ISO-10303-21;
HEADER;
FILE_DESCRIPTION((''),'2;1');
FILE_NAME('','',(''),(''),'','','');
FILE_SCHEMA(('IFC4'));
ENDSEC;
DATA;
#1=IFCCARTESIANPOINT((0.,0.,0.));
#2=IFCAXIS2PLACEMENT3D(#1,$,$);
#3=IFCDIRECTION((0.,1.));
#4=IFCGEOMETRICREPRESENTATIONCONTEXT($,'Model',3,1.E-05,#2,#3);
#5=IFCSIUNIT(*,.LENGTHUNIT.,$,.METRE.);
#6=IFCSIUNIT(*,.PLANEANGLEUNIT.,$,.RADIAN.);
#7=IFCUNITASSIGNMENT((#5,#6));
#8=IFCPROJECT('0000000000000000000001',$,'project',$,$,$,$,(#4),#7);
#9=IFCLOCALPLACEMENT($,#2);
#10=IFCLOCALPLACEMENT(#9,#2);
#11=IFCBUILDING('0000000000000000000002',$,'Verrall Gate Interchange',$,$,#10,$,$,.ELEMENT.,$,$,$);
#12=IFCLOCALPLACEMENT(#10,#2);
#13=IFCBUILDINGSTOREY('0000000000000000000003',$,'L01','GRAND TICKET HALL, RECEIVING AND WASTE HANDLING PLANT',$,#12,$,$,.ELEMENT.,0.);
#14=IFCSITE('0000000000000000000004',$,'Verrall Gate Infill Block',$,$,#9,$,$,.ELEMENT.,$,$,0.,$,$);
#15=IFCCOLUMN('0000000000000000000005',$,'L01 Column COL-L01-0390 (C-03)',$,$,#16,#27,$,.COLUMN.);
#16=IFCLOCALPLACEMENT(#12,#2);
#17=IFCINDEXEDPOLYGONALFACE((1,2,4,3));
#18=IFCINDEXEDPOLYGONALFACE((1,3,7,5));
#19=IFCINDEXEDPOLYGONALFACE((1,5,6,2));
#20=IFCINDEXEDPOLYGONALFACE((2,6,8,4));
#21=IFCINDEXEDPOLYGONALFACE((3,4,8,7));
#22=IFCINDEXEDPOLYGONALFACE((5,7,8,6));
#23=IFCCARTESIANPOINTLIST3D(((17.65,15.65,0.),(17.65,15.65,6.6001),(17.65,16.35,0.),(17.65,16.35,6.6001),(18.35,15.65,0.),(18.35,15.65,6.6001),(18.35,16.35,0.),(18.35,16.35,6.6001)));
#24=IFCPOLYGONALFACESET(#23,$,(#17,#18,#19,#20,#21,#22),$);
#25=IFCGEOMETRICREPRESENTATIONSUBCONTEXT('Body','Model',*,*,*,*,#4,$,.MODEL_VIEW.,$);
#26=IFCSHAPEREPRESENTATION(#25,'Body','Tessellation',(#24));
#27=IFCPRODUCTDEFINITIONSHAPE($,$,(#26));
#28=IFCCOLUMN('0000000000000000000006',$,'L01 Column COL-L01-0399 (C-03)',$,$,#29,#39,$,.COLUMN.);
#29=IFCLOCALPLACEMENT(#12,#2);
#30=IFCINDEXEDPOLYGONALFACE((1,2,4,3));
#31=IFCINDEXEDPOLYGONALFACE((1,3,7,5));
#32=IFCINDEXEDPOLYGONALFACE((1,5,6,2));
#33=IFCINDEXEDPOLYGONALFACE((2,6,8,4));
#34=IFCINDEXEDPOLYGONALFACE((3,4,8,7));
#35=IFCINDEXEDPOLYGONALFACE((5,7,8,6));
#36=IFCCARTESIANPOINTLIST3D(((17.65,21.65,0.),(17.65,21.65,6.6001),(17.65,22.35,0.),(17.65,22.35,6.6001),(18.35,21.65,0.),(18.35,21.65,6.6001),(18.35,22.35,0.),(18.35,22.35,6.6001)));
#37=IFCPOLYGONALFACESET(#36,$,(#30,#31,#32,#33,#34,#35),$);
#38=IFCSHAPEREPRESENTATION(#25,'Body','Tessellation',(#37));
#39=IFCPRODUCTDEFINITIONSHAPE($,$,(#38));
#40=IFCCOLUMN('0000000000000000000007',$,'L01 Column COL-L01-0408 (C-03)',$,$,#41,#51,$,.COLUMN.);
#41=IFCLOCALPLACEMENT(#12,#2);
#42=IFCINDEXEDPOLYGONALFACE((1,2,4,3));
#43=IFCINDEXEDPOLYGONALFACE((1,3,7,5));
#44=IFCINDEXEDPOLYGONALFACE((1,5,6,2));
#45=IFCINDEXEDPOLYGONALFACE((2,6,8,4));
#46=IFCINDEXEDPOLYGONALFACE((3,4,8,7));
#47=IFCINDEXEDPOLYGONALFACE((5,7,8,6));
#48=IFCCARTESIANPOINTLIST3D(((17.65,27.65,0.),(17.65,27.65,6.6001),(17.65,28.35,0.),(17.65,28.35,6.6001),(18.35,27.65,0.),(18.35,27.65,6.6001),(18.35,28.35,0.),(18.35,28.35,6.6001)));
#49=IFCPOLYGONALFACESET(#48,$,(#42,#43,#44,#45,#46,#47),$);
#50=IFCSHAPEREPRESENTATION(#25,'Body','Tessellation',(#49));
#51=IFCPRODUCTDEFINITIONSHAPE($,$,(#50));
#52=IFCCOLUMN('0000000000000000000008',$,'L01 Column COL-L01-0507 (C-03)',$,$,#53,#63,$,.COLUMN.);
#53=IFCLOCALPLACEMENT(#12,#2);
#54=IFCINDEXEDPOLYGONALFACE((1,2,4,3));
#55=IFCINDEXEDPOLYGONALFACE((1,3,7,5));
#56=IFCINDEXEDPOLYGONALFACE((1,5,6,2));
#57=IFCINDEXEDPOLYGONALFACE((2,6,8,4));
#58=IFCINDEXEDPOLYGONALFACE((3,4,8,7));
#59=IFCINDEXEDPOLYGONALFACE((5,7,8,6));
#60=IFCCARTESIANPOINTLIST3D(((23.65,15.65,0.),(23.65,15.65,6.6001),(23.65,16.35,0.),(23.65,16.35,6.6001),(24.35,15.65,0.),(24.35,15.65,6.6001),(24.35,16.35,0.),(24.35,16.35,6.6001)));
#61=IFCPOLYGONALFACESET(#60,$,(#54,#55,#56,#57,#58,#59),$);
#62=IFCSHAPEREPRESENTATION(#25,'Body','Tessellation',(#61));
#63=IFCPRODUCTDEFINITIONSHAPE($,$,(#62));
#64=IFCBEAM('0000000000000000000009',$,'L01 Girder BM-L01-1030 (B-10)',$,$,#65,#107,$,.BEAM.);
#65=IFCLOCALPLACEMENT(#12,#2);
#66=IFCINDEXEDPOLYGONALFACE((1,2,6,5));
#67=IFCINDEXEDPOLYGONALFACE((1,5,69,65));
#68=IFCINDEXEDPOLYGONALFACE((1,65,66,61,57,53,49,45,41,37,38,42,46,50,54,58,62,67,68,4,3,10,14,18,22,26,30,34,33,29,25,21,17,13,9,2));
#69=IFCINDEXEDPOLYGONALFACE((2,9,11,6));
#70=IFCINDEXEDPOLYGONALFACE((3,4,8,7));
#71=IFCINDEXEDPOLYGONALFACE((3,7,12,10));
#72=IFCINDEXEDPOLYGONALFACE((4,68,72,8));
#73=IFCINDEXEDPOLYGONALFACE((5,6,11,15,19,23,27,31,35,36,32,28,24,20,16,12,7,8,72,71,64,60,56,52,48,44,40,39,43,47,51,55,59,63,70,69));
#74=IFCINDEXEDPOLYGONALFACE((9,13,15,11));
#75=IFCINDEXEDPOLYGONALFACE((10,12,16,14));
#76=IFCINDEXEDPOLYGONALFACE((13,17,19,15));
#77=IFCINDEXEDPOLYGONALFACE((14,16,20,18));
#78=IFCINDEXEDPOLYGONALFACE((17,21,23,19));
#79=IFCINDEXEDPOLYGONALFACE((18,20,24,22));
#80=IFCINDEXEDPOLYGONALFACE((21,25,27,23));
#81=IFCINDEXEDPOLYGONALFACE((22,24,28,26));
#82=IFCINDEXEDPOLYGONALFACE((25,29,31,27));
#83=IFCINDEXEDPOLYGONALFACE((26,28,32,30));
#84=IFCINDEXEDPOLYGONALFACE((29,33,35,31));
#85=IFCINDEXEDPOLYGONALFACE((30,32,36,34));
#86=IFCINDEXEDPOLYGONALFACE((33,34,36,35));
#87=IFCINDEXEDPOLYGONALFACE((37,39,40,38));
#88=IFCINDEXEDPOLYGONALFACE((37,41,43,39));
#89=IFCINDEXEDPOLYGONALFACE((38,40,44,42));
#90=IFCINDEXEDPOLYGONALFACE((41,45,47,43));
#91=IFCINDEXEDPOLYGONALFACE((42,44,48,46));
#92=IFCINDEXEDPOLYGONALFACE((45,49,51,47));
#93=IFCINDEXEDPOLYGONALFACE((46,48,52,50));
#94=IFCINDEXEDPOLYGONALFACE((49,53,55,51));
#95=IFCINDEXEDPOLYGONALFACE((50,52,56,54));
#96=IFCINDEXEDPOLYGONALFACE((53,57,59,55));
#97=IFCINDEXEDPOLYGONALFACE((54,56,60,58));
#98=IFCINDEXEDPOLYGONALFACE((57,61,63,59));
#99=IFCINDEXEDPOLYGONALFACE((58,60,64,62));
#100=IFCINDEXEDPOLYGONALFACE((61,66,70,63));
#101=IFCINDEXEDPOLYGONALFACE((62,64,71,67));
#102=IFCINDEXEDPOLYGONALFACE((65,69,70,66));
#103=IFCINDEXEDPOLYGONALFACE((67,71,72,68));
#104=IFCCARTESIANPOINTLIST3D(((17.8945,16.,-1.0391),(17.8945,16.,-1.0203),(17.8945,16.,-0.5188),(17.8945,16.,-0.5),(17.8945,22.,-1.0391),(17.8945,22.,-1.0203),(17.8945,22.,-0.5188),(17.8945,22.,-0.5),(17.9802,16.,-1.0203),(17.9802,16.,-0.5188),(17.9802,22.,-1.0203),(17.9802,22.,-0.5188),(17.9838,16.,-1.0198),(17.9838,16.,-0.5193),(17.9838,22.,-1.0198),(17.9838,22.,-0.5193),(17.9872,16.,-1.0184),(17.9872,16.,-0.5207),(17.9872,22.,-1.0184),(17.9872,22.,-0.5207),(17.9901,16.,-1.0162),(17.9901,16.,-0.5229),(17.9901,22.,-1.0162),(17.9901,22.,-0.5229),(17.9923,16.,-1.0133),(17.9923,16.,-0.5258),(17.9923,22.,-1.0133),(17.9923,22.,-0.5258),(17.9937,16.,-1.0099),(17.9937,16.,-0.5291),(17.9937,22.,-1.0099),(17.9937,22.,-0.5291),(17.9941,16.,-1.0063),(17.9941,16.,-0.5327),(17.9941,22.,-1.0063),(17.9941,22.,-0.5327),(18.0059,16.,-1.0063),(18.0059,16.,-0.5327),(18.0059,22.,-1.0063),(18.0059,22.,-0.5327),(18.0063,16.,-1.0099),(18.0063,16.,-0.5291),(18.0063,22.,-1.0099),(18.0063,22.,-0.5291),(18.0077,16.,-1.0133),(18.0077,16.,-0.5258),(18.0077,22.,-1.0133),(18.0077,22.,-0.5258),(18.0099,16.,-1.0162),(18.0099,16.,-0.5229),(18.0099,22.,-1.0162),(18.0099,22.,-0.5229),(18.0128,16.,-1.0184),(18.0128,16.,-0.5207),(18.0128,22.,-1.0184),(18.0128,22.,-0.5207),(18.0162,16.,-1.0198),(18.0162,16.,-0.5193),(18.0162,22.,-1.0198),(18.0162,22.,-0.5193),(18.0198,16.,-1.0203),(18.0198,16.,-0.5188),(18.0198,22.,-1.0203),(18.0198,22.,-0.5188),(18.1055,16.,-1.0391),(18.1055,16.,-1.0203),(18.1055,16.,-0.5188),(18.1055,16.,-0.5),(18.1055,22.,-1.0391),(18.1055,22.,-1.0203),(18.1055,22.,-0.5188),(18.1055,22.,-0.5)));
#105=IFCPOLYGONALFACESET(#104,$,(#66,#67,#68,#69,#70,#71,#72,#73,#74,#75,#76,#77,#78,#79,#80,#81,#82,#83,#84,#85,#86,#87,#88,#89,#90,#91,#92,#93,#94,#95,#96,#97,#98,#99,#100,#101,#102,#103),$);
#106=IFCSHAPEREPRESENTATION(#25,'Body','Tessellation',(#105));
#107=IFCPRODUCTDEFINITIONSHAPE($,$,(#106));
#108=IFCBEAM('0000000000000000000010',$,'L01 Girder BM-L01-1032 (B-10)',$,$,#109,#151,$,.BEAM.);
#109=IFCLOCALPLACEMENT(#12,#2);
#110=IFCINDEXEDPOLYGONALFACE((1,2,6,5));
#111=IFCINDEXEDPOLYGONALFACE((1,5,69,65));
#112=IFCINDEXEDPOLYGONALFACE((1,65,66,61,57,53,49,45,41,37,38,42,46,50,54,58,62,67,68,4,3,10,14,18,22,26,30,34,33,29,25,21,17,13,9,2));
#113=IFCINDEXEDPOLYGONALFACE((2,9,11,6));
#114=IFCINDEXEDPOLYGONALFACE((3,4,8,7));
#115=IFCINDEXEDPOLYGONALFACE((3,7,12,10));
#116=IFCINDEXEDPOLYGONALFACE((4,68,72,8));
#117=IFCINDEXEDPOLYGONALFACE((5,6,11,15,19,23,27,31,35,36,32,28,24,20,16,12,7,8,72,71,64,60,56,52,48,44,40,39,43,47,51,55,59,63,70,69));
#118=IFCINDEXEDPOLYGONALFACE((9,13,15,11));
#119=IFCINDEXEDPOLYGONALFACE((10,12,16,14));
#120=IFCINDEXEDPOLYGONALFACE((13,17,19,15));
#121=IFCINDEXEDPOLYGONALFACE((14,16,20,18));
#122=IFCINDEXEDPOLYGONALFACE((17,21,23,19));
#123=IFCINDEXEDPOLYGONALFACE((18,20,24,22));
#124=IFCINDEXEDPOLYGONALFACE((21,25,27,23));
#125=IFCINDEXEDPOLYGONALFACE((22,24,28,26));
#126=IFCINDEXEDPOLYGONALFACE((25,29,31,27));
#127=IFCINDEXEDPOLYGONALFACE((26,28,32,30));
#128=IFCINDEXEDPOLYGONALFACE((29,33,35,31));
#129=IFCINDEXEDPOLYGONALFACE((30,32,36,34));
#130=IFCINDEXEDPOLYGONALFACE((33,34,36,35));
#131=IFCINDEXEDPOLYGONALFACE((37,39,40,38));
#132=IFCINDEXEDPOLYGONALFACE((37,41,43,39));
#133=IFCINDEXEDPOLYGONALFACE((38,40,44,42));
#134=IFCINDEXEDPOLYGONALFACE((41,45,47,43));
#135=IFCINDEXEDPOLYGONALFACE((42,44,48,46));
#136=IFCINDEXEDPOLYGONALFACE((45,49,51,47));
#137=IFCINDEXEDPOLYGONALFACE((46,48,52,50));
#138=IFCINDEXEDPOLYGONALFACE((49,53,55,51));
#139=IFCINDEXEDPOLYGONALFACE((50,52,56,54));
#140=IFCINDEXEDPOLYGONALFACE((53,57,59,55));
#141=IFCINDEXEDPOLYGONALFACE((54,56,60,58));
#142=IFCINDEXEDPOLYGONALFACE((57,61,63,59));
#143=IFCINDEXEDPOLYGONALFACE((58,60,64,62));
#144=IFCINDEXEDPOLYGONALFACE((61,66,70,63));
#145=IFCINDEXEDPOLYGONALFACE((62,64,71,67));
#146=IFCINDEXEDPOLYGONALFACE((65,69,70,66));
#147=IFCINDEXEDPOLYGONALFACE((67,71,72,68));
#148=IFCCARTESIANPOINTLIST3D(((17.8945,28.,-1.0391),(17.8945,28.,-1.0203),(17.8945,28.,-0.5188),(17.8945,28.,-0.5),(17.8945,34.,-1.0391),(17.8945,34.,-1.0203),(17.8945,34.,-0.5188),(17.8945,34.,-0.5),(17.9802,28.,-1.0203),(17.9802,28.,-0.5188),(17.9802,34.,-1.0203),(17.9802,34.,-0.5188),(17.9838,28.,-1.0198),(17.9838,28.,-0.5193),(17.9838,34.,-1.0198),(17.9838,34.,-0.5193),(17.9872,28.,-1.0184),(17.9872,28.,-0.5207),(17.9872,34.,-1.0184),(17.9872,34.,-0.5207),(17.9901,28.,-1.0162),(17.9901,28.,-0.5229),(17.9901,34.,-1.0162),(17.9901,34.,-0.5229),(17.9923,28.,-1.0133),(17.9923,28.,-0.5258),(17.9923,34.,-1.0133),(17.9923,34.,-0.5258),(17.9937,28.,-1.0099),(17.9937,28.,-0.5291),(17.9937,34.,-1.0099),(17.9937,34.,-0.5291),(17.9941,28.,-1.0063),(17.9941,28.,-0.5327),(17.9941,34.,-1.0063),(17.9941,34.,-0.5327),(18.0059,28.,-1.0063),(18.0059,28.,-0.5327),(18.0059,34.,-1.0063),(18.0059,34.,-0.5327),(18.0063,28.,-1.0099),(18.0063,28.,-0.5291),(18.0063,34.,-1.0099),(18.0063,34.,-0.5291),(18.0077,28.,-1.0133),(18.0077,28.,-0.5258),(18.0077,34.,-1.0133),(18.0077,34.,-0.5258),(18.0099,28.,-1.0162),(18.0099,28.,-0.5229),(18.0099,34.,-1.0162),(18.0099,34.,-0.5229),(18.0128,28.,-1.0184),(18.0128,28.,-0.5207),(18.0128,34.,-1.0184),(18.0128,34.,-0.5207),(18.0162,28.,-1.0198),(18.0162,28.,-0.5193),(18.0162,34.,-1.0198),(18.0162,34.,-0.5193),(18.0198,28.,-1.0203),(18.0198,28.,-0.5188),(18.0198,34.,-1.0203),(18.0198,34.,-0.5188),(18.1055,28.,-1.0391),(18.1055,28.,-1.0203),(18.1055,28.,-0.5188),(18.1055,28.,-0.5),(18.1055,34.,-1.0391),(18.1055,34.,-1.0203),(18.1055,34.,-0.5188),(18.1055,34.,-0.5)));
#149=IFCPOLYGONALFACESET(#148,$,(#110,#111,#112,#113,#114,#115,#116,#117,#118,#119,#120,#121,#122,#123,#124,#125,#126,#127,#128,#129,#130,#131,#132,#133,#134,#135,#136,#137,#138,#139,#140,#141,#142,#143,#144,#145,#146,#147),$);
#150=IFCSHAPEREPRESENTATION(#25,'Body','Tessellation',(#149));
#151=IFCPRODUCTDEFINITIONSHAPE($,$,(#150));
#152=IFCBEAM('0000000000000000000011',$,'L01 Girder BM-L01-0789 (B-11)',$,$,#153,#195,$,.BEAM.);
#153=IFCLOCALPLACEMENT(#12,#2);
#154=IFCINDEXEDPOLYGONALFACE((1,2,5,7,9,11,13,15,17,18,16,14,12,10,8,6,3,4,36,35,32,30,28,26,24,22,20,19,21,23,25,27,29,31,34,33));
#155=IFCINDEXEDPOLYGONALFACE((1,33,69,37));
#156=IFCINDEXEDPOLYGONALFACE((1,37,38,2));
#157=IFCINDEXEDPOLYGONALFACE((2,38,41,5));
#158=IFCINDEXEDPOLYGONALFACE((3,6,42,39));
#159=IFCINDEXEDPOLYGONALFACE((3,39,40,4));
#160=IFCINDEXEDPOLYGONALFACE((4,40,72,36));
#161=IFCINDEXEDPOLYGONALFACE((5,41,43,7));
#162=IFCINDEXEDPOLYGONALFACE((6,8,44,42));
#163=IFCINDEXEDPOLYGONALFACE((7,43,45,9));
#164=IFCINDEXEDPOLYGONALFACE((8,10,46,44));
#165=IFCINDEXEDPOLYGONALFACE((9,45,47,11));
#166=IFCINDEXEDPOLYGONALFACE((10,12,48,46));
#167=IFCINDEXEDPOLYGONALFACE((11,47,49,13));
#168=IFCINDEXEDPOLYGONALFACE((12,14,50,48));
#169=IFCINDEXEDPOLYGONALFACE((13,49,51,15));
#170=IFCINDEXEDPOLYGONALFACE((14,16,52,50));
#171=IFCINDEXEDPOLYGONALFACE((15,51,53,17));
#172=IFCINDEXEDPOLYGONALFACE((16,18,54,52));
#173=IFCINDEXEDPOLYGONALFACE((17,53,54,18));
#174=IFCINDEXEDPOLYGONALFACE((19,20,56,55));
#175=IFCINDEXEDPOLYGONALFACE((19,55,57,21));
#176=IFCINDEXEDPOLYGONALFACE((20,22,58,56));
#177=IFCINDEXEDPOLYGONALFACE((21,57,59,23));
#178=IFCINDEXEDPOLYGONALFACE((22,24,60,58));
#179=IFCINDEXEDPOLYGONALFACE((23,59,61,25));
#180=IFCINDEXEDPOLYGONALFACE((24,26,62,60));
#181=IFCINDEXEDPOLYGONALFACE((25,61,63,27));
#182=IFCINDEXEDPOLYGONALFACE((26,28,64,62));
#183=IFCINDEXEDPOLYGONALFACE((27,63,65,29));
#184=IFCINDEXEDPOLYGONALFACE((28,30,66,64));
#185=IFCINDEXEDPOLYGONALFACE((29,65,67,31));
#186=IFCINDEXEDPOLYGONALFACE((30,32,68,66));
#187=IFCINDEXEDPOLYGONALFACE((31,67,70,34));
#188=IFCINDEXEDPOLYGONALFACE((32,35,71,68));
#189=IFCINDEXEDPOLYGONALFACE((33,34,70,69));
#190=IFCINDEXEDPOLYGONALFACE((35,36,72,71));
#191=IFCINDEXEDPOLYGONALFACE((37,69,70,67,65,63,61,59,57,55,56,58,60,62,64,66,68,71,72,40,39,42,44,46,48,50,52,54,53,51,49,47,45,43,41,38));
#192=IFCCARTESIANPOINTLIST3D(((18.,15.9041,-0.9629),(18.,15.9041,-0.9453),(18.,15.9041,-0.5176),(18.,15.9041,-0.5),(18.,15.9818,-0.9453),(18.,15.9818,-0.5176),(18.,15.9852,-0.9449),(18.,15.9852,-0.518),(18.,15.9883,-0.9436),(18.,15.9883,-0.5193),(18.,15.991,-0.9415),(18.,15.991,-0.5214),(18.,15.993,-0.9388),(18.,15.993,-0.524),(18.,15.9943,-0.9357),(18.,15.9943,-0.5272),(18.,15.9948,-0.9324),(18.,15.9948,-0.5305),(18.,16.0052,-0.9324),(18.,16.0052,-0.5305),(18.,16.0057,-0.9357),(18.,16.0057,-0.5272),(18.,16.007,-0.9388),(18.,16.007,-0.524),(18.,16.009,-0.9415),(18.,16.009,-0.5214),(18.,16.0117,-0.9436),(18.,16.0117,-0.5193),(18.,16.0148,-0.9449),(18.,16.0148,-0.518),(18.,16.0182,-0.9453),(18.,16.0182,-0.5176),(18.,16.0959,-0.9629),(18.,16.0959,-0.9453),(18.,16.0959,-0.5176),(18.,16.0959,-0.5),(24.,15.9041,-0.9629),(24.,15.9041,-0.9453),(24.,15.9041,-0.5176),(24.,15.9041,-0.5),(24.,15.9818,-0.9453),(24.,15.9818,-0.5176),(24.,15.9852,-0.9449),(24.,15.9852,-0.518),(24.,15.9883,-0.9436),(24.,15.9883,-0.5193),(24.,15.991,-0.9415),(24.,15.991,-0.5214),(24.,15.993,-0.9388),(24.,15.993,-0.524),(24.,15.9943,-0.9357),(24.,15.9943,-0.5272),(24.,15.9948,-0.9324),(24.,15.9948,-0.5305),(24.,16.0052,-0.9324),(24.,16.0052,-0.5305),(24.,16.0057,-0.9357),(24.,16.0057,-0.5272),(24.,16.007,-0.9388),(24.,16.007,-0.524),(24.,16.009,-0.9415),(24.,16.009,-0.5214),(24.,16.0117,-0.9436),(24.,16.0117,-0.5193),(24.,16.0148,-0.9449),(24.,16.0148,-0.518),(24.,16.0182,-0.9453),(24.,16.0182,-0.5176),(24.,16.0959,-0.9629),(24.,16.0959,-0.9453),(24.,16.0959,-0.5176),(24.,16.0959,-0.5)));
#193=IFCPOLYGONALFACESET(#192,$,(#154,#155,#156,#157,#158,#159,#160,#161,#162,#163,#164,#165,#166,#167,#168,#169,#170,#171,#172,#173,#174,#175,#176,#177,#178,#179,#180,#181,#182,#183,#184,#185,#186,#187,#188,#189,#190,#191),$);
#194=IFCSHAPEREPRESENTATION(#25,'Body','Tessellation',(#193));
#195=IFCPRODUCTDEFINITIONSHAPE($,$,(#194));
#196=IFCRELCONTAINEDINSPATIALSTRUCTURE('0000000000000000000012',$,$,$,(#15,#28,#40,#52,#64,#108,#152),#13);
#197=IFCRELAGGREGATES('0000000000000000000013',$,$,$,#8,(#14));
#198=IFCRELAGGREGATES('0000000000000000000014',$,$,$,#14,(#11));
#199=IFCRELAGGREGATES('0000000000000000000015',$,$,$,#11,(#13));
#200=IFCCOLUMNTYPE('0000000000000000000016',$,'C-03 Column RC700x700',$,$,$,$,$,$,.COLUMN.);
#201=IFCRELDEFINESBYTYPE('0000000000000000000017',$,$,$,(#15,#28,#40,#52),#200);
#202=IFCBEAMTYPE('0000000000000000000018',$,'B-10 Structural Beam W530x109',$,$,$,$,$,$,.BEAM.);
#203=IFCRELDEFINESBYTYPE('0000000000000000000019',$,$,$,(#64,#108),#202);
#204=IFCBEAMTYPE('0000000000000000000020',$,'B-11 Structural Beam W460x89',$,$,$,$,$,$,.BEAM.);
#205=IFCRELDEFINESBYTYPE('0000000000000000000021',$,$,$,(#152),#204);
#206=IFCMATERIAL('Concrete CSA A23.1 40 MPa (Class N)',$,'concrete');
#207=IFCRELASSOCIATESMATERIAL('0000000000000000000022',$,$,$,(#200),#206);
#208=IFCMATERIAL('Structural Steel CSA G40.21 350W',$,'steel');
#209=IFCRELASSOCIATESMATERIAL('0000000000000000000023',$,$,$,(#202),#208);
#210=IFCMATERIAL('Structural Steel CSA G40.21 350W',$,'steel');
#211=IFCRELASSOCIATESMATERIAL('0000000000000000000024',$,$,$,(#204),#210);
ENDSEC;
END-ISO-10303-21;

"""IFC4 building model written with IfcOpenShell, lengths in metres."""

from ifc_helpers import new_model, si_unit, direction, frame, origin, origin_2d, place, context, subcontext, project, spatial, rectangle, i_section, extrude, material, material_profile, profile_set, type_object, element, save


model = new_model("IFC4")

# Units and contexts
model_context = context("Model", 3, precision=1e-05, world=origin(), true_north=direction((0.0, 1.0)))
body_context = subcontext(model_context, "Body", "Model", "MODEL_VIEW")
ifc_project = project(units=[si_unit("LENGTHUNIT", "METRE"), si_unit("PLANEANGLEUNIT", "RADIAN")], contexts=[model_context])

# Site, building, storey
site_placement = place(None, origin())
site = spatial("IfcSite", under=ifc_project, at=site_placement, Name="Verrall Gate Infill Block", CompositionType="ELEMENT", RefElevation=0.0)
building_placement = place(site_placement, origin())
building = spatial("IfcBuilding", under=site, at=building_placement, Name="Verrall Gate Interchange", CompositionType="ELEMENT")
storey_placement = place(building_placement, origin())
storey = spatial("IfcBuildingStorey", under=building, at=storey_placement, Name="L01", Description="GRAND TICKET HALL, RECEIVING AND WASTE HANDLING PLANT", CompositionType="ELEMENT", Elevation=0.0)

# Columns
ifc_material_1 = material(Name="Concrete CSA A23.1 40 MPa (Class N)", Category="concrete")
ifc_material_profile_1 = material_profile(ifc_material_1, rectangle(XDim=0.7, YDim=0.7, at=origin_2d()), Name="RC700x700")
ifc_profile_set_1 = profile_set([ifc_material_profile_1], Name="Concrete CSA A23.1 40 MPa (Class N)")
column_type = type_object("IfcColumnType", Name="C-03 Column RC700x700", PredefinedType="COLUMN", material=ifc_profile_set_1)
for number, where, z_axis, x_axis, name in (
    (1, (18.0, 16.0, 0.0), (0.0, 0.0, 1.0), (1.0, 0.0, 0.0), "L01 Column COL-L01-0390 (C-03)"),
    (2, (18.0, 22.0, 0.0), (0.0, 0.0, 1.0), (1.0, 0.0, 0.0), "L01 Column COL-L01-0399 (C-03)"),
    (3, (18.0, 28.0, 0.0), (0.0, 0.0, 1.0), (1.0, 0.0, 0.0), "L01 Column COL-L01-0408 (C-03)"),
    (4, (24.0, 16.0, 0.0), (0.0, 0.0, 1.0), (1.0, 0.0, 0.0), "L01 Column COL-L01-0507 (C-03)"),
):
    element("IfcColumn", number, at=place(storey_placement, frame(where, z_axis=z_axis, x_axis=x_axis)), inside=storey, type_object=column_type, Name=name, PredefinedType="COLUMN", context=body_context, shape_type="SweptSolid", body=[
        extrude(rectangle(XDim=0.7, YDim=0.7, at=origin_2d()), origin(), (0.0, 0.0, 1.0), 6.6001),
    ])

# Beams
ifc_material_2 = material(Name="Structural Steel CSA G40.21 350W", Category="steel")
ifc_material_profile_2 = material_profile(ifc_material_2, i_section(OverallWidth=0.2109, OverallDepth=0.5391, WebThickness=0.0117, FlangeThickness=0.0188, FilletRadius=0.0139, at=origin_2d()), Name="W530x109")
ifc_profile_set_2 = profile_set([ifc_material_profile_2], Name="Structural Steel CSA G40.21 350W")
beam_type_1 = type_object("IfcBeamType", Name="B-10 Structural Beam W530x109", PredefinedType="BEAM", material=ifc_profile_set_2)
for number, where, z_axis, x_axis, name in (
    (5, (18.0, 16.0, -0.7695), (0.0, 1.0, 0.0), (-1.0, 0.0, 0.0), "L01 Girder BM-L01-1030 (B-10)"),
    (6, (18.0, 28.0, -0.7695), (0.0, 1.0, 0.0), (-1.0, 0.0, 0.0), "L01 Girder BM-L01-1032 (B-10)"),
):
    element("IfcBeam", number, at=place(storey_placement, frame(where, z_axis=z_axis, x_axis=x_axis)), inside=storey, type_object=beam_type_1, Name=name, PredefinedType="BEAM", context=body_context, shape_type="SweptSolid", body=[
        extrude(i_section(OverallWidth=0.2109, OverallDepth=0.5391, WebThickness=0.0117, FlangeThickness=0.0188, FilletRadius=0.0139, at=origin_2d()), origin(), (0.0, 0.0, 1.0), 6.0),
    ])
ifc_material_3 = material(Name="Structural Steel CSA G40.21 350W", Category="steel")
ifc_material_profile_3 = material_profile(ifc_material_3, i_section(OverallWidth=0.1919, OverallDepth=0.4629, WebThickness=0.0105, FlangeThickness=0.0176, FilletRadius=0.0129, at=origin_2d()), Name="W460x89")
ifc_profile_set_3 = profile_set([ifc_material_profile_3], Name="Structural Steel CSA G40.21 350W")
beam_type_2 = type_object("IfcBeamType", Name="B-11 Structural Beam W460x89", PredefinedType="BEAM", material=ifc_profile_set_3)
beam_1_placement = place(storey_placement, frame((18.0, 16.0, -0.7314), z_axis=(1.0, 0.0, 0.0), x_axis=(0.0, 1.0, 0.0)))
element("IfcBeam", 7, at=beam_1_placement, inside=storey, type_object=beam_type_2, Name="L01 Girder BM-L01-0789 (B-11)", PredefinedType="BEAM", context=body_context, shape_type="SweptSolid", body=[
    extrude(i_section(OverallWidth=0.1919, OverallDepth=0.4629, WebThickness=0.0105, FlangeThickness=0.0176, FilletRadius=0.0129, at=origin_2d()), origin(), (0.0, 0.0, 1.0), 6.0),
])

save(model, "model.ifc")
